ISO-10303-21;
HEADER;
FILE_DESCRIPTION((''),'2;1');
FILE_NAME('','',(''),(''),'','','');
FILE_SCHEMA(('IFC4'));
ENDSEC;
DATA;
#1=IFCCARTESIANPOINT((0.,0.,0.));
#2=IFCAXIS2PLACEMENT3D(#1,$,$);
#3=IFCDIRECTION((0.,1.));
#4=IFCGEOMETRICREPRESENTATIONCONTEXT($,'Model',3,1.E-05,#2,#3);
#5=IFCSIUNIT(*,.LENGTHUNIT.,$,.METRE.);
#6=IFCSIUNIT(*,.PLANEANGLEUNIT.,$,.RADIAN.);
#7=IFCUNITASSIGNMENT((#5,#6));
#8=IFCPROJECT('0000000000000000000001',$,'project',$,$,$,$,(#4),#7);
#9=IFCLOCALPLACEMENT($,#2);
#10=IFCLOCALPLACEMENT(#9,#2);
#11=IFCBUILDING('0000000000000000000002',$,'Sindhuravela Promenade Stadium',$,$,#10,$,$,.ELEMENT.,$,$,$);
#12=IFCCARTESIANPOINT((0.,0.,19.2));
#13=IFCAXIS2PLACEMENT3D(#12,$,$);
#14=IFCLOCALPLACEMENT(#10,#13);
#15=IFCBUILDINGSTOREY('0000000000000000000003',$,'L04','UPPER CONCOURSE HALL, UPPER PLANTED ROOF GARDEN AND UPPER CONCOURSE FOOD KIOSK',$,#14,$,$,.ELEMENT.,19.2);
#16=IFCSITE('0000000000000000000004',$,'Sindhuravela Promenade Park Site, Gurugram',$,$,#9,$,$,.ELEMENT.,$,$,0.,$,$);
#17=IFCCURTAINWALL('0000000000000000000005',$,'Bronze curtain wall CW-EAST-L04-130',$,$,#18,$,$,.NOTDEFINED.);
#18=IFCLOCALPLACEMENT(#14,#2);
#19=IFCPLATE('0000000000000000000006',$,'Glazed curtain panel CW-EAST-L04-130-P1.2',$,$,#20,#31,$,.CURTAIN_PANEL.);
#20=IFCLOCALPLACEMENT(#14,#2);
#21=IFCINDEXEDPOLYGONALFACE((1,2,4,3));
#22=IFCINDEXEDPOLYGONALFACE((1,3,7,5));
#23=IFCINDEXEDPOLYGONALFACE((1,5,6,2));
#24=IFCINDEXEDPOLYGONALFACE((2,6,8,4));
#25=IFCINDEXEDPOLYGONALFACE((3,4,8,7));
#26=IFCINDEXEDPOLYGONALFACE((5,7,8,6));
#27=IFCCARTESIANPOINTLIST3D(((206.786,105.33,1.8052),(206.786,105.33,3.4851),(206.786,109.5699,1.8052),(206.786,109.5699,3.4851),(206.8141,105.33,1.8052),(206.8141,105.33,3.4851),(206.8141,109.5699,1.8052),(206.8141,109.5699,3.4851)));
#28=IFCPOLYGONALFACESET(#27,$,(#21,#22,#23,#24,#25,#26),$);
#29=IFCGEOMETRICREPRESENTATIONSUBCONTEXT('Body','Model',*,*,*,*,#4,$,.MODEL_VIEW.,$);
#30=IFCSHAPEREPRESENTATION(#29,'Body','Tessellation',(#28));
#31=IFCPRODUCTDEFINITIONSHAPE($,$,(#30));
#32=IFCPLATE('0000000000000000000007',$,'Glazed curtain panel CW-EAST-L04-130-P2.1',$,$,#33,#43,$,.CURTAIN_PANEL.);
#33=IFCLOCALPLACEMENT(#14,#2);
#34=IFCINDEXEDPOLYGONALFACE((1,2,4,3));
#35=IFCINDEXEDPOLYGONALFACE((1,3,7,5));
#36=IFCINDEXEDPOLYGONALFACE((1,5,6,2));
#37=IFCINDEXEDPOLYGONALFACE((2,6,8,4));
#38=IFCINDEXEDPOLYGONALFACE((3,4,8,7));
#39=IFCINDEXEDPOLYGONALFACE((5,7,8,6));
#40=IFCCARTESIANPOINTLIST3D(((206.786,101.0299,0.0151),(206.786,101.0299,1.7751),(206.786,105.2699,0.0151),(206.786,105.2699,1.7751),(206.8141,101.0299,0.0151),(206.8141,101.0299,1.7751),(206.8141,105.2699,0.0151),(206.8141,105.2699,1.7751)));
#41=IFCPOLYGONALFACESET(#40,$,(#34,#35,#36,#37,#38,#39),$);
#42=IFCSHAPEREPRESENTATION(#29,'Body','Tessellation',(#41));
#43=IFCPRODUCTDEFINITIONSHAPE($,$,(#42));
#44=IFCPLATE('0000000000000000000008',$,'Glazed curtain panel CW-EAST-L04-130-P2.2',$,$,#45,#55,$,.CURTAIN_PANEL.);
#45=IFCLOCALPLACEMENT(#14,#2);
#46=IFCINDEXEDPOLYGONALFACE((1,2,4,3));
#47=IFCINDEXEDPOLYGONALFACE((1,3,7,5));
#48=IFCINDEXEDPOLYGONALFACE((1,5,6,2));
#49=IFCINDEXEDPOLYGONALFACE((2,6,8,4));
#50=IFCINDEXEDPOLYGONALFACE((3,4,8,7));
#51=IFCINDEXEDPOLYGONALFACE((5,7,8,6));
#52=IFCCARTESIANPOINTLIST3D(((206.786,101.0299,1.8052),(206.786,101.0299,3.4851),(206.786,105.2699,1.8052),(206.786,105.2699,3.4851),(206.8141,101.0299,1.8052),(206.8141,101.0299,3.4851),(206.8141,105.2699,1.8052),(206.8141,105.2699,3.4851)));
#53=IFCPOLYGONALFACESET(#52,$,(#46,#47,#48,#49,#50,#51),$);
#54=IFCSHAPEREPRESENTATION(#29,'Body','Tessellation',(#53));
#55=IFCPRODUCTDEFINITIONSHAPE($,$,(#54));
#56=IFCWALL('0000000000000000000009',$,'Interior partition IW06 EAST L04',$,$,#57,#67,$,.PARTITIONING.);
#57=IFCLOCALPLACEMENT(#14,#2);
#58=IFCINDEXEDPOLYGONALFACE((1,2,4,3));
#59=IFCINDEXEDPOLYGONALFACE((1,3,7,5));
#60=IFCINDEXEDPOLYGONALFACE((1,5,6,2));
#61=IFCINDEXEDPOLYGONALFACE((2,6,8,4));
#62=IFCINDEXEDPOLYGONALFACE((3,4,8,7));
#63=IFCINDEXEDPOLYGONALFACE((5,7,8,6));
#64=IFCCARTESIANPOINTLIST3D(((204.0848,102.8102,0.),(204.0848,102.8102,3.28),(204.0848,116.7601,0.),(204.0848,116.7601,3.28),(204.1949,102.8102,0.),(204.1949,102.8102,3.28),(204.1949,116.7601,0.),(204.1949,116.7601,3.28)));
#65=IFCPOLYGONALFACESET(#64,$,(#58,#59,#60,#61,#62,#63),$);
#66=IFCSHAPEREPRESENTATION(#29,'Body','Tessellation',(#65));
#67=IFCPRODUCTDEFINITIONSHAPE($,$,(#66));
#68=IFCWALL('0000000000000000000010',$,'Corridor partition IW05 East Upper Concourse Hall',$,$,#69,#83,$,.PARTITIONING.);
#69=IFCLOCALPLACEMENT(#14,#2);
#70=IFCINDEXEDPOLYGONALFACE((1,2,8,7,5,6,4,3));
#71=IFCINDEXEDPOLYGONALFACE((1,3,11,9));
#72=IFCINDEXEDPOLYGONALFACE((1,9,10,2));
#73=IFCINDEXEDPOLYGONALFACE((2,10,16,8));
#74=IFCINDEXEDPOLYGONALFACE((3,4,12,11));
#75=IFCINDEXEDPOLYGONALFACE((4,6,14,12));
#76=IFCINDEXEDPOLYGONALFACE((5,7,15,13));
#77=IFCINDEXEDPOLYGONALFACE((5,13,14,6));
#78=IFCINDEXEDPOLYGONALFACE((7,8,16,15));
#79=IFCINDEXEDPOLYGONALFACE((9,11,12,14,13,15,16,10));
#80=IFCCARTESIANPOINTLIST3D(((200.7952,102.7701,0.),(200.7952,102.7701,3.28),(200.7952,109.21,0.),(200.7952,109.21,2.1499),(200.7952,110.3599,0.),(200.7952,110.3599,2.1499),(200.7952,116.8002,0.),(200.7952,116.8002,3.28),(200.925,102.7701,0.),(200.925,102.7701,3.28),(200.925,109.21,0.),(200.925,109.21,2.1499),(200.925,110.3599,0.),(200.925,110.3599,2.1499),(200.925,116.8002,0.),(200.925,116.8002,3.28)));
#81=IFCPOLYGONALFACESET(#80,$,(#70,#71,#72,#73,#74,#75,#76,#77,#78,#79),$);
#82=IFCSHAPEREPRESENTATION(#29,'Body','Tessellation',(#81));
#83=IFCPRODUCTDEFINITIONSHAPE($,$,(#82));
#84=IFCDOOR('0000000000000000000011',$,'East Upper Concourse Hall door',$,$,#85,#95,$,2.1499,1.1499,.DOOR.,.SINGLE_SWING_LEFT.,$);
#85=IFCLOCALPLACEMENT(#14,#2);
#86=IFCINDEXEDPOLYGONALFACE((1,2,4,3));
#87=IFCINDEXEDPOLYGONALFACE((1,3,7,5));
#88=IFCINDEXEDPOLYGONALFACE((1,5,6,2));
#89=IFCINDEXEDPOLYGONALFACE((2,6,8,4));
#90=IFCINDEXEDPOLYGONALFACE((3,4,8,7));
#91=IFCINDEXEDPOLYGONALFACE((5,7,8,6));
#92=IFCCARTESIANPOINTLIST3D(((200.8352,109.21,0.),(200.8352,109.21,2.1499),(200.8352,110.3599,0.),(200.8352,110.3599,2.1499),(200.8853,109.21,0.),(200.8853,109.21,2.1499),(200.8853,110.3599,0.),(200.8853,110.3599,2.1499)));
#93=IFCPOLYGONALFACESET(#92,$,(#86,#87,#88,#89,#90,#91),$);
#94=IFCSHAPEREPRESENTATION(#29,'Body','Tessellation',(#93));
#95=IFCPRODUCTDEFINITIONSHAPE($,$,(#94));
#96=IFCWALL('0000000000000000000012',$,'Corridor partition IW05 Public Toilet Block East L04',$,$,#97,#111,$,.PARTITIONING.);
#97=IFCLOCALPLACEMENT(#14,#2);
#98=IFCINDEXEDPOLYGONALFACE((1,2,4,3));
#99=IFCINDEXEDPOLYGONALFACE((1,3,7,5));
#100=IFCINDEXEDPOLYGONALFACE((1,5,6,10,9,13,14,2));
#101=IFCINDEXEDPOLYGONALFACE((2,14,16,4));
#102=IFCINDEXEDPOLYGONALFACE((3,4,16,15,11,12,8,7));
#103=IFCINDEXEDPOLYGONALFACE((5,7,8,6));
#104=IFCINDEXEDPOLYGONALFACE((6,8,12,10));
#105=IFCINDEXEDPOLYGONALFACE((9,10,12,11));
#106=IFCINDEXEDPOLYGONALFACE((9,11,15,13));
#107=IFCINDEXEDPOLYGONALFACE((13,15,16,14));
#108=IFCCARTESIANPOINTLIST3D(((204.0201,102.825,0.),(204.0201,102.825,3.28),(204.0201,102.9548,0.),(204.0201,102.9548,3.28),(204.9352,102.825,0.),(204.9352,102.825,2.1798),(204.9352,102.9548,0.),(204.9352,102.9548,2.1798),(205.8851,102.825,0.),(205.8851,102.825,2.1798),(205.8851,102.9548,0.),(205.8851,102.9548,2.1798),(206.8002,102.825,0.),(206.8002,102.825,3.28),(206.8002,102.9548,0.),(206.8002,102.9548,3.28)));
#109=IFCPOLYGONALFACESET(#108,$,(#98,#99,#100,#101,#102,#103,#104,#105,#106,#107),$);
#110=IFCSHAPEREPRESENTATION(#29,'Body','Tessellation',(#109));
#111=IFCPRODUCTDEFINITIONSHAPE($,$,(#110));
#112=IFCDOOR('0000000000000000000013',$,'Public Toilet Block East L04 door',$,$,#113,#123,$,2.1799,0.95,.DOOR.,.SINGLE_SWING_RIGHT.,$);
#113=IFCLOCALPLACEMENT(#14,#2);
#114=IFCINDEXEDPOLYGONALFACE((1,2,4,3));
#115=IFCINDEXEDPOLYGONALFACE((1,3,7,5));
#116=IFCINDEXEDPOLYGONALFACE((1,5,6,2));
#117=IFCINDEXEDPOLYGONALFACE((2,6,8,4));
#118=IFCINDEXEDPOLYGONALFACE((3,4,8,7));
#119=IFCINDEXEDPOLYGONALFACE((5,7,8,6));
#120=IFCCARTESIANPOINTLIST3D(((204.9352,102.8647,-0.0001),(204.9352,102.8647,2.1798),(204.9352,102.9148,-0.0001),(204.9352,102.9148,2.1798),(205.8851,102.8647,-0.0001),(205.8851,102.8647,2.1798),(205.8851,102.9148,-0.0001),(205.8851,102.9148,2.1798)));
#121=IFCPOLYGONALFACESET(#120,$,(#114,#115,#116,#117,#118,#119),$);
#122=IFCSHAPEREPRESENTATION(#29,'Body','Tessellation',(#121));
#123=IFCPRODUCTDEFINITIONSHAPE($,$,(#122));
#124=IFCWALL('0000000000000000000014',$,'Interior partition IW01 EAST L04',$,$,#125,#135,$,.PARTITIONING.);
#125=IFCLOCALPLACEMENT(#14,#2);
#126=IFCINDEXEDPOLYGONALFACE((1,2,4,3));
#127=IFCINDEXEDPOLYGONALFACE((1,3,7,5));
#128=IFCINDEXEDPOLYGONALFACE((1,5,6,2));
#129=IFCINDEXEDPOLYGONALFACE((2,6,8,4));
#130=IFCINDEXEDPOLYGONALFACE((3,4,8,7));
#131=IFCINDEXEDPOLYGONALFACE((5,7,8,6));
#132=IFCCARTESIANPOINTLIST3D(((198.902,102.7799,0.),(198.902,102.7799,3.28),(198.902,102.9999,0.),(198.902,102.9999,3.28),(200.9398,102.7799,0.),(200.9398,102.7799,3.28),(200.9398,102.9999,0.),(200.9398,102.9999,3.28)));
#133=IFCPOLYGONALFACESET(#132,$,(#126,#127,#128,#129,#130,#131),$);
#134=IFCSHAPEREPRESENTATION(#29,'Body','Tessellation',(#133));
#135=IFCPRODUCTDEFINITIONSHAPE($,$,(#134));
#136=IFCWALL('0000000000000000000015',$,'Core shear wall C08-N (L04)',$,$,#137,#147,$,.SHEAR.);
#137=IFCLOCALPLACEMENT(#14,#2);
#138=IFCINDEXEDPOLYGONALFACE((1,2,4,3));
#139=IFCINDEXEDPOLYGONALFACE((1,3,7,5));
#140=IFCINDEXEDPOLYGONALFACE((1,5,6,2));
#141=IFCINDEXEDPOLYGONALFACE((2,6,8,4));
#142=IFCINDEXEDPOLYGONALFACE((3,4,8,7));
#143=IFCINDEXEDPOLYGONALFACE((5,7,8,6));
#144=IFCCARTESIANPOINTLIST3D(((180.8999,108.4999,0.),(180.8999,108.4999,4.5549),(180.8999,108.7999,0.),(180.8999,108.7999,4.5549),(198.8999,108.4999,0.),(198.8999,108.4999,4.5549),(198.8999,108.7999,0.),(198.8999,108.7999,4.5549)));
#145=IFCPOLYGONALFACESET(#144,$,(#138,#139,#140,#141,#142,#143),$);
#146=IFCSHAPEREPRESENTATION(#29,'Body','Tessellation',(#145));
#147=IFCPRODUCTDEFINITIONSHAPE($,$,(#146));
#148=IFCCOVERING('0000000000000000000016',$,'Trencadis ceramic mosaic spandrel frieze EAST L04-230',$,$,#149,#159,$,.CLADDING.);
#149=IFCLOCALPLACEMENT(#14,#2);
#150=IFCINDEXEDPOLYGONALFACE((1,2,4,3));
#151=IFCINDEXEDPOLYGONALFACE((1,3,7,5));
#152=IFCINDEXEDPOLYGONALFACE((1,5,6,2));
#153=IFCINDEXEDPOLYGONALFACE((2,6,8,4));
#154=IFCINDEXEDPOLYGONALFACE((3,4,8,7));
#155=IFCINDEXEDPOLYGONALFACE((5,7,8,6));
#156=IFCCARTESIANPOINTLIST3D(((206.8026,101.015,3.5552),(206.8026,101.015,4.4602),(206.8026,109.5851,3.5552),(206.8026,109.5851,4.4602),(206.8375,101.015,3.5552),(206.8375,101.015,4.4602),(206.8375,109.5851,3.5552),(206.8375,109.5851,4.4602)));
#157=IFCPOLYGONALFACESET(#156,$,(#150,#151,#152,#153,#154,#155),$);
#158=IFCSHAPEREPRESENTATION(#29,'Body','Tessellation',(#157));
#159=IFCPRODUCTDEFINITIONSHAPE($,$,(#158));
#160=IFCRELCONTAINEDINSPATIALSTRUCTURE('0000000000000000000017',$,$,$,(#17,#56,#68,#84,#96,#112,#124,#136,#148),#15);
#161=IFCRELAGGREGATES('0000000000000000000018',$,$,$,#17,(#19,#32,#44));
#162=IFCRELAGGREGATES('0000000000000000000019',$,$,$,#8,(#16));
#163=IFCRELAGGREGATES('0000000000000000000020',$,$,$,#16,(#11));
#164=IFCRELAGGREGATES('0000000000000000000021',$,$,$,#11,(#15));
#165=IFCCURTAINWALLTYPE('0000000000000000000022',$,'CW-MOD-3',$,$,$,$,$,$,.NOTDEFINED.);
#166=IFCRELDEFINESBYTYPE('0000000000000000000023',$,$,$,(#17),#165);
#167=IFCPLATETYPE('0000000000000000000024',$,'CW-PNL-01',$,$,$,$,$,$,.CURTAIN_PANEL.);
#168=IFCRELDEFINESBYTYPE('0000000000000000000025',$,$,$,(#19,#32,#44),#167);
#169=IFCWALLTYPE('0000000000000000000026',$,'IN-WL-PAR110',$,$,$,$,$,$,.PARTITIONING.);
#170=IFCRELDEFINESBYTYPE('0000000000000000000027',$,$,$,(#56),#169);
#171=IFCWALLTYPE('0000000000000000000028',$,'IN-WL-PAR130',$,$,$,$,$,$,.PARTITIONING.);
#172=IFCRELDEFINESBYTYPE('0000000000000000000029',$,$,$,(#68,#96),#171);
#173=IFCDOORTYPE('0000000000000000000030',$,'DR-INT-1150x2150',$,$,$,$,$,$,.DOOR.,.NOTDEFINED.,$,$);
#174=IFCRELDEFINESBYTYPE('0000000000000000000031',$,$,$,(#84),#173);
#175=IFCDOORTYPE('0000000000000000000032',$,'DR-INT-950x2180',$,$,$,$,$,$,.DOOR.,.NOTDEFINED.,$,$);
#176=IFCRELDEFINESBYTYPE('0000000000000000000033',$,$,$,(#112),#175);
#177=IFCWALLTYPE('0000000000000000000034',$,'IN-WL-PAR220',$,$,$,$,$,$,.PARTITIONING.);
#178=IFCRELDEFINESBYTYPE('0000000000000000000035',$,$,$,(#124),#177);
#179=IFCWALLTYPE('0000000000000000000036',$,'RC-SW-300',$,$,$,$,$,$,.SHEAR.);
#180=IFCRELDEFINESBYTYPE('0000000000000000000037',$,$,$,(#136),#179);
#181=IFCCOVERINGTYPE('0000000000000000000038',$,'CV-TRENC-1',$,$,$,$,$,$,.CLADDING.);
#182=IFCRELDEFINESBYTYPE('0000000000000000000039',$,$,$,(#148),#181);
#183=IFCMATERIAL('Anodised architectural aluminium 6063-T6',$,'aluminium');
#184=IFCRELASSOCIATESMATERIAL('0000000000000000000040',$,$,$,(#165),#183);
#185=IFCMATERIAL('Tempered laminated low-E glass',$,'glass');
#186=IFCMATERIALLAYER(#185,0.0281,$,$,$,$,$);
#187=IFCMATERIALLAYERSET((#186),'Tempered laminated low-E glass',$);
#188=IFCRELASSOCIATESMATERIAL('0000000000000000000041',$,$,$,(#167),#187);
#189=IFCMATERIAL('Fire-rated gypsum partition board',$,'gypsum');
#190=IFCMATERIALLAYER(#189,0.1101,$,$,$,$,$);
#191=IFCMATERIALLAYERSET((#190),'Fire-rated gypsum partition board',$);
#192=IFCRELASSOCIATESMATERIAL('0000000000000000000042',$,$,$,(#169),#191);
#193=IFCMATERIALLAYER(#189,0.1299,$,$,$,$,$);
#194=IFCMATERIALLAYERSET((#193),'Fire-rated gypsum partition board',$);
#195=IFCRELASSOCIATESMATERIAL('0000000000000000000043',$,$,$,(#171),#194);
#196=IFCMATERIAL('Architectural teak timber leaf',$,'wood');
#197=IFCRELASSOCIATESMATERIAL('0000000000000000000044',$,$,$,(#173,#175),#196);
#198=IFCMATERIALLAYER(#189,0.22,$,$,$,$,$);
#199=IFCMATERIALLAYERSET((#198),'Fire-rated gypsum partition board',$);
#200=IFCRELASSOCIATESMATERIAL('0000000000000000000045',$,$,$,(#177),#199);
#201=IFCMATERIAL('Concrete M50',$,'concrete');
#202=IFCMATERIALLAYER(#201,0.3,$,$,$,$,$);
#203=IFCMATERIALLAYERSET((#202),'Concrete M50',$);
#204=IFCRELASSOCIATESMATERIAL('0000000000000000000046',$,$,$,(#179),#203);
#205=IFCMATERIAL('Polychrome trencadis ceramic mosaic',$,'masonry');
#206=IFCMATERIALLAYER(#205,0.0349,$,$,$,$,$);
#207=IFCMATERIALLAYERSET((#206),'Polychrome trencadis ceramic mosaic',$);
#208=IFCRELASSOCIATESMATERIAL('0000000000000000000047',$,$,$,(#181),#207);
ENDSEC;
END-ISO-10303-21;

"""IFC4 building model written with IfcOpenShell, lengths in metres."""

from ifc_helpers import new_model, si_unit, direction, frame, frame_2d, origin, origin_2d, place, context, subcontext, project, spatial, rectangle, extrude, material, layer, layer_set, type_object, element, fill, aggregate, save


model = new_model("IFC4")

# Units and contexts
model_context = context("Model", 3, precision=1e-05, world=origin(), true_north=direction((0.0, 1.0)))
body_context = subcontext(model_context, "Body", "Model", "MODEL_VIEW")
ifc_project = project(units=[si_unit("LENGTHUNIT", "METRE"), si_unit("PLANEANGLEUNIT", "RADIAN")], contexts=[model_context])

# Site, building, storey
site_placement = place(None, origin())
site = spatial("IfcSite", under=ifc_project, at=site_placement, Name="Sindhuravela Promenade Park Site, Gurugram", CompositionType="ELEMENT", RefElevation=0.0)
building_placement = place(site_placement, origin())
building = spatial("IfcBuilding", under=site, at=building_placement, Name="Sindhuravela Promenade Stadium", CompositionType="ELEMENT")
storey_placement = place(building_placement, frame((0.0, 0.0, 19.2)))
storey = spatial("IfcBuildingStorey", under=building, at=storey_placement, Name="L04", Description="UPPER CONCOURSE HALL, UPPER PLANTED ROOF GARDEN AND UPPER CONCOURSE FOOD KIOSK", CompositionType="ELEMENT", Elevation=19.2)

# Curtain wall
ifc_material_1 = material(Name="Anodised architectural aluminium 6063-T6", Category="aluminium")
curtain_wall_type = type_object("IfcCurtainWallType", Name="CW-MOD-3", PredefinedType="NOTDEFINED", material=ifc_material_1)
curtain_wall_placement = place(storey_placement, origin())
curtain_wall = element("IfcCurtainWall", 1, at=curtain_wall_placement, inside=storey, type_object=curtain_wall_type, Name="Bronze curtain wall CW-EAST-L04-130", PredefinedType="NOTDEFINED")

# Plates
ifc_material_2 = material(Name="Tempered laminated low-E glass", Category="glass")
ifc_layer_1 = layer(ifc_material_2, 0.0281)
ifc_layer_set_1 = layer_set([ifc_layer_1], Name="Tempered laminated low-E glass")
plate_type_1 = type_object("IfcPlateType", Name="CW-PNL-01", PredefinedType="CURTAIN_PANEL", material=ifc_layer_set_1)
plate_1_placement = place(storey_placement, frame((206.8, 107.45, 1.8052), z_axis=(0.0, 0.0, 1.0), x_axis=(0.0, -1.0, 0.0)))
plate_1 = element("IfcPlate", 2, at=plate_1_placement, type_object=plate_type_1, Name="Glazed curtain panel CW-EAST-L04-130-P1.2", PredefinedType="CURTAIN_PANEL", context=body_context, shape_type="SweptSolid", body=[
    extrude(rectangle(XDim=4.24, YDim=0.0281, at=origin_2d()), origin(), (0.0, 0.0, 1.0), 1.6799),
])
plate_2_placement = place(storey_placement, frame((206.8, 103.1499, 0.0151), z_axis=(0.0, 0.0, 1.0), x_axis=(0.0, -1.0, 0.0)))
plate_2 = element("IfcPlate", 3, at=plate_2_placement, type_object=plate_type_1, Name="Glazed curtain panel CW-EAST-L04-130-P2.1", PredefinedType="CURTAIN_PANEL", context=body_context, shape_type="SweptSolid", body=[
    extrude(rectangle(XDim=4.24, YDim=0.0281, at=origin_2d()), origin(), (0.0, 0.0, 1.0), 1.76),
])
plate_3_placement = place(storey_placement, frame((206.8, 103.1499, 1.8052), z_axis=(0.0, 0.0, 1.0), x_axis=(0.0, -1.0, 0.0)))
plate_3 = element("IfcPlate", 4, at=plate_3_placement, type_object=plate_type_1, Name="Glazed curtain panel CW-EAST-L04-130-P2.2", PredefinedType="CURTAIN_PANEL", context=body_context, shape_type="SweptSolid", body=[
    extrude(rectangle(XDim=4.24, YDim=0.0281, at=origin_2d()), origin(), (0.0, 0.0, 1.0), 1.6799),
])
aggregate(curtain_wall, [plate_1, plate_2, plate_3])

# Wall
ifc_material_3 = material(Name="Fire-rated gypsum partition board", Category="gypsum")
ifc_layer_2 = layer(ifc_material_3, 0.1101)
ifc_layer_set_2 = layer_set([ifc_layer_2], Name="Fire-rated gypsum partition board")
wall_type_1 = type_object("IfcWallType", Name="IN-WL-PAR110", PredefinedType="PARTITIONING", material=ifc_layer_set_2)
wall_1_placement = place(storey_placement, frame((204.1399, 102.8101, 0.0), z_axis=(0.0, 0.0, 1.0), x_axis=(0.0, 1.0, 0.0)))
element("IfcWall", 5, at=wall_1_placement, inside=storey, type_object=wall_type_1, Name="Interior partition IW06 EAST L04", PredefinedType="PARTITIONING", context=body_context, shape_type="SweptSolid", body=[
    extrude(rectangle(XDim=13.95, YDim=0.1101, at=frame_2d((6.9751, 0.0))), origin(), (0.0, 0.0, 1.0), 3.28),
])

# Walls, openings, doors
ifc_layer_3 = layer(ifc_material_3, 0.1299)
ifc_layer_set_3 = layer_set([ifc_layer_3], Name="Fire-rated gypsum partition board")
wall_type_2 = type_object("IfcWallType", Name="IN-WL-PAR130", PredefinedType="PARTITIONING", material=ifc_layer_set_3)
wall_2_placement = place(storey_placement, frame((200.8601, 102.77, 0.0), z_axis=(0.0, 0.0, 1.0), x_axis=(0.0, 1.0, 0.0)))
wall_2 = element("IfcWall", 6, at=wall_2_placement, inside=storey, type_object=wall_type_2, Name="Corridor partition IW05 East Upper Concourse Hall", PredefinedType="PARTITIONING", context=body_context, shape_type="SweptSolid", body=[
    extrude(rectangle(XDim=14.03, YDim=0.1299, at=frame_2d((7.0151, 0.0))), origin(), (0.0, 0.0, 1.0), 3.28),
])
opening_1_placement = place(wall_2_placement, frame((6.4399, 0.0, 0.0)))
opening_1 = element("IfcOpeningElement", 7, at=opening_1_placement, cuts=wall_2, PredefinedType="OPENING", context=body_context, shape_type="SweptSolid", body=[
    extrude(rectangle(XDim=1.1499, YDim=2.1499, at=frame_2d((0.575, 1.075))), frame((0.0, 0.075, 0.0), z_axis=(0.0, -1.0, 0.0), x_axis=(1.0, 0.0, 0.0)), (0.0, 0.0, 1.0), 0.1499),
])
ifc_material_4 = material(Name="Architectural teak timber leaf", Category="wood")
door_type_1 = type_object("IfcDoorType", Name="DR-INT-1150x2150", OperationType="NOTDEFINED", PredefinedType="DOOR", material=ifc_material_4)
door_1_placement = place(opening_1_placement, origin())
door_1 = element("IfcDoor", 8, at=door_1_placement, inside=storey, type_object=door_type_1, Name="East Upper Concourse Hall door", OperationType="SINGLE_SWING_LEFT", OverallHeight=2.1499, OverallWidth=1.1499, PredefinedType="DOOR", context=body_context, shape_type="SweptSolid", body=[
    extrude(rectangle(XDim=1.1499, YDim=2.1499, at=frame_2d((0.575, 1.075))), frame((0.0, 0.0249, 0.0), z_axis=(0.0, -1.0, 0.0), x_axis=(1.0, 0.0, 0.0)), (0.0, 0.0, 1.0), 0.05),
])
fill(opening_1, door_1)
wall_3_placement = place(storey_placement, frame((204.02, 102.8899, 0.0), z_axis=(0.0, 0.0, 1.0), x_axis=(1.0, 0.0, 0.0)))
wall_3 = element("IfcWall", 9, at=wall_3_placement, inside=storey, type_object=wall_type_2, Name="Corridor partition IW05 Public Toilet Block East L04", PredefinedType="PARTITIONING", context=body_context, shape_type="SweptSolid", body=[
    extrude(rectangle(XDim=2.78, YDim=0.1299, at=frame_2d((1.3901, 0.0))), origin(), (0.0, 0.0, 1.0), 3.28),
])
opening_2_placement = place(wall_3_placement, frame((0.915, 0.0, 0.0)))
opening_2 = element("IfcOpeningElement", 10, at=opening_2_placement, cuts=wall_3, PredefinedType="OPENING", context=body_context, shape_type="SweptSolid", body=[
    extrude(rectangle(XDim=0.95, YDim=2.1799, at=frame_2d((0.4751, 1.0898))), frame((0.0, 0.075, 0.0), z_axis=(0.0, -1.0, 0.0), x_axis=(1.0, 0.0, 0.0)), (0.0, 0.0, 1.0), 0.1499),
])
door_type_2 = type_object("IfcDoorType", Name="DR-INT-950x2180", OperationType="NOTDEFINED", PredefinedType="DOOR", material=ifc_material_4)
door_2_placement = place(opening_2_placement, origin())
door_2 = element("IfcDoor", 11, at=door_2_placement, inside=storey, type_object=door_type_2, Name="Public Toilet Block East L04 door", OperationType="SINGLE_SWING_RIGHT", OverallHeight=2.1799, OverallWidth=0.95, PredefinedType="DOOR", context=body_context, shape_type="SweptSolid", body=[
    extrude(rectangle(XDim=0.95, YDim=2.1799, at=frame_2d((0.4751, 1.0898))), frame((0.0, 0.0249, 0.0), z_axis=(0.0, -1.0, 0.0), x_axis=(1.0, 0.0, 0.0)), (0.0, 0.0, 1.0), 0.05),
])
fill(opening_2, door_2)

# Walls
ifc_layer_4 = layer(ifc_material_3, 0.22)
ifc_layer_set_4 = layer_set([ifc_layer_4], Name="Fire-rated gypsum partition board")
wall_type_3 = type_object("IfcWallType", Name="IN-WL-PAR220", PredefinedType="PARTITIONING", material=ifc_layer_set_4)
wall_4_placement = place(storey_placement, frame((200.9399, 102.8899, 0.0), z_axis=(0.0, 0.0, 1.0), x_axis=(-1.0, 0.0, 0.0)))
element("IfcWall", 12, at=wall_4_placement, inside=storey, type_object=wall_type_3, Name="Interior partition IW01 EAST L04", PredefinedType="PARTITIONING", context=body_context, shape_type="SweptSolid", body=[
    extrude(rectangle(XDim=2.0378, YDim=0.22, at=frame_2d((1.019, 0.0))), origin(), (0.0, 0.0, 1.0), 3.28),
])
ifc_material_5 = material(Name="Concrete M50", Category="concrete")
ifc_layer_5 = layer(ifc_material_5, 0.3)
ifc_layer_set_5 = layer_set([ifc_layer_5], Name="Concrete M50")
wall_type_4 = type_object("IfcWallType", Name="RC-SW-300", PredefinedType="SHEAR", material=ifc_layer_set_5)
wall_5_placement = place(storey_placement, frame((198.8999, 108.6499, 0.0), z_axis=(0.0, 0.0, 1.0), x_axis=(-1.0, 0.0, 0.0)))
element("IfcWall", 13, at=wall_5_placement, inside=storey, type_object=wall_type_4, Name="Core shear wall C08-N (L04)", PredefinedType="SHEAR", context=body_context, shape_type="SweptSolid", body=[
    extrude(rectangle(XDim=18.0, YDim=0.3, at=frame_2d((9.0, 0.0))), origin(), (0.0, 0.0, 1.0), 4.5549),
])

# Covering
ifc_material_6 = material(Name="Polychrome trencadis ceramic mosaic", Category="masonry")
ifc_layer_6 = layer(ifc_material_6, 0.0349)
ifc_layer_set_6 = layer_set([ifc_layer_6], Name="Polychrome trencadis ceramic mosaic")
covering_type = type_object("IfcCoveringType", Name="CV-TRENC-1", PredefinedType="CLADDING", material=ifc_layer_set_6)
covering_placement = place(storey_placement, frame((206.8201, 105.3, 3.5552), z_axis=(0.0, 0.0, 1.0), x_axis=(0.0, -1.0, 0.0)))
element("IfcCovering", 14, at=covering_placement, inside=storey, type_object=covering_type, Name="Trencadis ceramic mosaic spandrel frieze EAST L04-230", PredefinedType="CLADDING", context=body_context, shape_type="SweptSolid", body=[
    extrude(rectangle(XDim=8.5701, YDim=0.0349, at=origin_2d()), origin(), (0.0, 0.0, 1.0), 0.905),
])

save(model, "model.ifc")
